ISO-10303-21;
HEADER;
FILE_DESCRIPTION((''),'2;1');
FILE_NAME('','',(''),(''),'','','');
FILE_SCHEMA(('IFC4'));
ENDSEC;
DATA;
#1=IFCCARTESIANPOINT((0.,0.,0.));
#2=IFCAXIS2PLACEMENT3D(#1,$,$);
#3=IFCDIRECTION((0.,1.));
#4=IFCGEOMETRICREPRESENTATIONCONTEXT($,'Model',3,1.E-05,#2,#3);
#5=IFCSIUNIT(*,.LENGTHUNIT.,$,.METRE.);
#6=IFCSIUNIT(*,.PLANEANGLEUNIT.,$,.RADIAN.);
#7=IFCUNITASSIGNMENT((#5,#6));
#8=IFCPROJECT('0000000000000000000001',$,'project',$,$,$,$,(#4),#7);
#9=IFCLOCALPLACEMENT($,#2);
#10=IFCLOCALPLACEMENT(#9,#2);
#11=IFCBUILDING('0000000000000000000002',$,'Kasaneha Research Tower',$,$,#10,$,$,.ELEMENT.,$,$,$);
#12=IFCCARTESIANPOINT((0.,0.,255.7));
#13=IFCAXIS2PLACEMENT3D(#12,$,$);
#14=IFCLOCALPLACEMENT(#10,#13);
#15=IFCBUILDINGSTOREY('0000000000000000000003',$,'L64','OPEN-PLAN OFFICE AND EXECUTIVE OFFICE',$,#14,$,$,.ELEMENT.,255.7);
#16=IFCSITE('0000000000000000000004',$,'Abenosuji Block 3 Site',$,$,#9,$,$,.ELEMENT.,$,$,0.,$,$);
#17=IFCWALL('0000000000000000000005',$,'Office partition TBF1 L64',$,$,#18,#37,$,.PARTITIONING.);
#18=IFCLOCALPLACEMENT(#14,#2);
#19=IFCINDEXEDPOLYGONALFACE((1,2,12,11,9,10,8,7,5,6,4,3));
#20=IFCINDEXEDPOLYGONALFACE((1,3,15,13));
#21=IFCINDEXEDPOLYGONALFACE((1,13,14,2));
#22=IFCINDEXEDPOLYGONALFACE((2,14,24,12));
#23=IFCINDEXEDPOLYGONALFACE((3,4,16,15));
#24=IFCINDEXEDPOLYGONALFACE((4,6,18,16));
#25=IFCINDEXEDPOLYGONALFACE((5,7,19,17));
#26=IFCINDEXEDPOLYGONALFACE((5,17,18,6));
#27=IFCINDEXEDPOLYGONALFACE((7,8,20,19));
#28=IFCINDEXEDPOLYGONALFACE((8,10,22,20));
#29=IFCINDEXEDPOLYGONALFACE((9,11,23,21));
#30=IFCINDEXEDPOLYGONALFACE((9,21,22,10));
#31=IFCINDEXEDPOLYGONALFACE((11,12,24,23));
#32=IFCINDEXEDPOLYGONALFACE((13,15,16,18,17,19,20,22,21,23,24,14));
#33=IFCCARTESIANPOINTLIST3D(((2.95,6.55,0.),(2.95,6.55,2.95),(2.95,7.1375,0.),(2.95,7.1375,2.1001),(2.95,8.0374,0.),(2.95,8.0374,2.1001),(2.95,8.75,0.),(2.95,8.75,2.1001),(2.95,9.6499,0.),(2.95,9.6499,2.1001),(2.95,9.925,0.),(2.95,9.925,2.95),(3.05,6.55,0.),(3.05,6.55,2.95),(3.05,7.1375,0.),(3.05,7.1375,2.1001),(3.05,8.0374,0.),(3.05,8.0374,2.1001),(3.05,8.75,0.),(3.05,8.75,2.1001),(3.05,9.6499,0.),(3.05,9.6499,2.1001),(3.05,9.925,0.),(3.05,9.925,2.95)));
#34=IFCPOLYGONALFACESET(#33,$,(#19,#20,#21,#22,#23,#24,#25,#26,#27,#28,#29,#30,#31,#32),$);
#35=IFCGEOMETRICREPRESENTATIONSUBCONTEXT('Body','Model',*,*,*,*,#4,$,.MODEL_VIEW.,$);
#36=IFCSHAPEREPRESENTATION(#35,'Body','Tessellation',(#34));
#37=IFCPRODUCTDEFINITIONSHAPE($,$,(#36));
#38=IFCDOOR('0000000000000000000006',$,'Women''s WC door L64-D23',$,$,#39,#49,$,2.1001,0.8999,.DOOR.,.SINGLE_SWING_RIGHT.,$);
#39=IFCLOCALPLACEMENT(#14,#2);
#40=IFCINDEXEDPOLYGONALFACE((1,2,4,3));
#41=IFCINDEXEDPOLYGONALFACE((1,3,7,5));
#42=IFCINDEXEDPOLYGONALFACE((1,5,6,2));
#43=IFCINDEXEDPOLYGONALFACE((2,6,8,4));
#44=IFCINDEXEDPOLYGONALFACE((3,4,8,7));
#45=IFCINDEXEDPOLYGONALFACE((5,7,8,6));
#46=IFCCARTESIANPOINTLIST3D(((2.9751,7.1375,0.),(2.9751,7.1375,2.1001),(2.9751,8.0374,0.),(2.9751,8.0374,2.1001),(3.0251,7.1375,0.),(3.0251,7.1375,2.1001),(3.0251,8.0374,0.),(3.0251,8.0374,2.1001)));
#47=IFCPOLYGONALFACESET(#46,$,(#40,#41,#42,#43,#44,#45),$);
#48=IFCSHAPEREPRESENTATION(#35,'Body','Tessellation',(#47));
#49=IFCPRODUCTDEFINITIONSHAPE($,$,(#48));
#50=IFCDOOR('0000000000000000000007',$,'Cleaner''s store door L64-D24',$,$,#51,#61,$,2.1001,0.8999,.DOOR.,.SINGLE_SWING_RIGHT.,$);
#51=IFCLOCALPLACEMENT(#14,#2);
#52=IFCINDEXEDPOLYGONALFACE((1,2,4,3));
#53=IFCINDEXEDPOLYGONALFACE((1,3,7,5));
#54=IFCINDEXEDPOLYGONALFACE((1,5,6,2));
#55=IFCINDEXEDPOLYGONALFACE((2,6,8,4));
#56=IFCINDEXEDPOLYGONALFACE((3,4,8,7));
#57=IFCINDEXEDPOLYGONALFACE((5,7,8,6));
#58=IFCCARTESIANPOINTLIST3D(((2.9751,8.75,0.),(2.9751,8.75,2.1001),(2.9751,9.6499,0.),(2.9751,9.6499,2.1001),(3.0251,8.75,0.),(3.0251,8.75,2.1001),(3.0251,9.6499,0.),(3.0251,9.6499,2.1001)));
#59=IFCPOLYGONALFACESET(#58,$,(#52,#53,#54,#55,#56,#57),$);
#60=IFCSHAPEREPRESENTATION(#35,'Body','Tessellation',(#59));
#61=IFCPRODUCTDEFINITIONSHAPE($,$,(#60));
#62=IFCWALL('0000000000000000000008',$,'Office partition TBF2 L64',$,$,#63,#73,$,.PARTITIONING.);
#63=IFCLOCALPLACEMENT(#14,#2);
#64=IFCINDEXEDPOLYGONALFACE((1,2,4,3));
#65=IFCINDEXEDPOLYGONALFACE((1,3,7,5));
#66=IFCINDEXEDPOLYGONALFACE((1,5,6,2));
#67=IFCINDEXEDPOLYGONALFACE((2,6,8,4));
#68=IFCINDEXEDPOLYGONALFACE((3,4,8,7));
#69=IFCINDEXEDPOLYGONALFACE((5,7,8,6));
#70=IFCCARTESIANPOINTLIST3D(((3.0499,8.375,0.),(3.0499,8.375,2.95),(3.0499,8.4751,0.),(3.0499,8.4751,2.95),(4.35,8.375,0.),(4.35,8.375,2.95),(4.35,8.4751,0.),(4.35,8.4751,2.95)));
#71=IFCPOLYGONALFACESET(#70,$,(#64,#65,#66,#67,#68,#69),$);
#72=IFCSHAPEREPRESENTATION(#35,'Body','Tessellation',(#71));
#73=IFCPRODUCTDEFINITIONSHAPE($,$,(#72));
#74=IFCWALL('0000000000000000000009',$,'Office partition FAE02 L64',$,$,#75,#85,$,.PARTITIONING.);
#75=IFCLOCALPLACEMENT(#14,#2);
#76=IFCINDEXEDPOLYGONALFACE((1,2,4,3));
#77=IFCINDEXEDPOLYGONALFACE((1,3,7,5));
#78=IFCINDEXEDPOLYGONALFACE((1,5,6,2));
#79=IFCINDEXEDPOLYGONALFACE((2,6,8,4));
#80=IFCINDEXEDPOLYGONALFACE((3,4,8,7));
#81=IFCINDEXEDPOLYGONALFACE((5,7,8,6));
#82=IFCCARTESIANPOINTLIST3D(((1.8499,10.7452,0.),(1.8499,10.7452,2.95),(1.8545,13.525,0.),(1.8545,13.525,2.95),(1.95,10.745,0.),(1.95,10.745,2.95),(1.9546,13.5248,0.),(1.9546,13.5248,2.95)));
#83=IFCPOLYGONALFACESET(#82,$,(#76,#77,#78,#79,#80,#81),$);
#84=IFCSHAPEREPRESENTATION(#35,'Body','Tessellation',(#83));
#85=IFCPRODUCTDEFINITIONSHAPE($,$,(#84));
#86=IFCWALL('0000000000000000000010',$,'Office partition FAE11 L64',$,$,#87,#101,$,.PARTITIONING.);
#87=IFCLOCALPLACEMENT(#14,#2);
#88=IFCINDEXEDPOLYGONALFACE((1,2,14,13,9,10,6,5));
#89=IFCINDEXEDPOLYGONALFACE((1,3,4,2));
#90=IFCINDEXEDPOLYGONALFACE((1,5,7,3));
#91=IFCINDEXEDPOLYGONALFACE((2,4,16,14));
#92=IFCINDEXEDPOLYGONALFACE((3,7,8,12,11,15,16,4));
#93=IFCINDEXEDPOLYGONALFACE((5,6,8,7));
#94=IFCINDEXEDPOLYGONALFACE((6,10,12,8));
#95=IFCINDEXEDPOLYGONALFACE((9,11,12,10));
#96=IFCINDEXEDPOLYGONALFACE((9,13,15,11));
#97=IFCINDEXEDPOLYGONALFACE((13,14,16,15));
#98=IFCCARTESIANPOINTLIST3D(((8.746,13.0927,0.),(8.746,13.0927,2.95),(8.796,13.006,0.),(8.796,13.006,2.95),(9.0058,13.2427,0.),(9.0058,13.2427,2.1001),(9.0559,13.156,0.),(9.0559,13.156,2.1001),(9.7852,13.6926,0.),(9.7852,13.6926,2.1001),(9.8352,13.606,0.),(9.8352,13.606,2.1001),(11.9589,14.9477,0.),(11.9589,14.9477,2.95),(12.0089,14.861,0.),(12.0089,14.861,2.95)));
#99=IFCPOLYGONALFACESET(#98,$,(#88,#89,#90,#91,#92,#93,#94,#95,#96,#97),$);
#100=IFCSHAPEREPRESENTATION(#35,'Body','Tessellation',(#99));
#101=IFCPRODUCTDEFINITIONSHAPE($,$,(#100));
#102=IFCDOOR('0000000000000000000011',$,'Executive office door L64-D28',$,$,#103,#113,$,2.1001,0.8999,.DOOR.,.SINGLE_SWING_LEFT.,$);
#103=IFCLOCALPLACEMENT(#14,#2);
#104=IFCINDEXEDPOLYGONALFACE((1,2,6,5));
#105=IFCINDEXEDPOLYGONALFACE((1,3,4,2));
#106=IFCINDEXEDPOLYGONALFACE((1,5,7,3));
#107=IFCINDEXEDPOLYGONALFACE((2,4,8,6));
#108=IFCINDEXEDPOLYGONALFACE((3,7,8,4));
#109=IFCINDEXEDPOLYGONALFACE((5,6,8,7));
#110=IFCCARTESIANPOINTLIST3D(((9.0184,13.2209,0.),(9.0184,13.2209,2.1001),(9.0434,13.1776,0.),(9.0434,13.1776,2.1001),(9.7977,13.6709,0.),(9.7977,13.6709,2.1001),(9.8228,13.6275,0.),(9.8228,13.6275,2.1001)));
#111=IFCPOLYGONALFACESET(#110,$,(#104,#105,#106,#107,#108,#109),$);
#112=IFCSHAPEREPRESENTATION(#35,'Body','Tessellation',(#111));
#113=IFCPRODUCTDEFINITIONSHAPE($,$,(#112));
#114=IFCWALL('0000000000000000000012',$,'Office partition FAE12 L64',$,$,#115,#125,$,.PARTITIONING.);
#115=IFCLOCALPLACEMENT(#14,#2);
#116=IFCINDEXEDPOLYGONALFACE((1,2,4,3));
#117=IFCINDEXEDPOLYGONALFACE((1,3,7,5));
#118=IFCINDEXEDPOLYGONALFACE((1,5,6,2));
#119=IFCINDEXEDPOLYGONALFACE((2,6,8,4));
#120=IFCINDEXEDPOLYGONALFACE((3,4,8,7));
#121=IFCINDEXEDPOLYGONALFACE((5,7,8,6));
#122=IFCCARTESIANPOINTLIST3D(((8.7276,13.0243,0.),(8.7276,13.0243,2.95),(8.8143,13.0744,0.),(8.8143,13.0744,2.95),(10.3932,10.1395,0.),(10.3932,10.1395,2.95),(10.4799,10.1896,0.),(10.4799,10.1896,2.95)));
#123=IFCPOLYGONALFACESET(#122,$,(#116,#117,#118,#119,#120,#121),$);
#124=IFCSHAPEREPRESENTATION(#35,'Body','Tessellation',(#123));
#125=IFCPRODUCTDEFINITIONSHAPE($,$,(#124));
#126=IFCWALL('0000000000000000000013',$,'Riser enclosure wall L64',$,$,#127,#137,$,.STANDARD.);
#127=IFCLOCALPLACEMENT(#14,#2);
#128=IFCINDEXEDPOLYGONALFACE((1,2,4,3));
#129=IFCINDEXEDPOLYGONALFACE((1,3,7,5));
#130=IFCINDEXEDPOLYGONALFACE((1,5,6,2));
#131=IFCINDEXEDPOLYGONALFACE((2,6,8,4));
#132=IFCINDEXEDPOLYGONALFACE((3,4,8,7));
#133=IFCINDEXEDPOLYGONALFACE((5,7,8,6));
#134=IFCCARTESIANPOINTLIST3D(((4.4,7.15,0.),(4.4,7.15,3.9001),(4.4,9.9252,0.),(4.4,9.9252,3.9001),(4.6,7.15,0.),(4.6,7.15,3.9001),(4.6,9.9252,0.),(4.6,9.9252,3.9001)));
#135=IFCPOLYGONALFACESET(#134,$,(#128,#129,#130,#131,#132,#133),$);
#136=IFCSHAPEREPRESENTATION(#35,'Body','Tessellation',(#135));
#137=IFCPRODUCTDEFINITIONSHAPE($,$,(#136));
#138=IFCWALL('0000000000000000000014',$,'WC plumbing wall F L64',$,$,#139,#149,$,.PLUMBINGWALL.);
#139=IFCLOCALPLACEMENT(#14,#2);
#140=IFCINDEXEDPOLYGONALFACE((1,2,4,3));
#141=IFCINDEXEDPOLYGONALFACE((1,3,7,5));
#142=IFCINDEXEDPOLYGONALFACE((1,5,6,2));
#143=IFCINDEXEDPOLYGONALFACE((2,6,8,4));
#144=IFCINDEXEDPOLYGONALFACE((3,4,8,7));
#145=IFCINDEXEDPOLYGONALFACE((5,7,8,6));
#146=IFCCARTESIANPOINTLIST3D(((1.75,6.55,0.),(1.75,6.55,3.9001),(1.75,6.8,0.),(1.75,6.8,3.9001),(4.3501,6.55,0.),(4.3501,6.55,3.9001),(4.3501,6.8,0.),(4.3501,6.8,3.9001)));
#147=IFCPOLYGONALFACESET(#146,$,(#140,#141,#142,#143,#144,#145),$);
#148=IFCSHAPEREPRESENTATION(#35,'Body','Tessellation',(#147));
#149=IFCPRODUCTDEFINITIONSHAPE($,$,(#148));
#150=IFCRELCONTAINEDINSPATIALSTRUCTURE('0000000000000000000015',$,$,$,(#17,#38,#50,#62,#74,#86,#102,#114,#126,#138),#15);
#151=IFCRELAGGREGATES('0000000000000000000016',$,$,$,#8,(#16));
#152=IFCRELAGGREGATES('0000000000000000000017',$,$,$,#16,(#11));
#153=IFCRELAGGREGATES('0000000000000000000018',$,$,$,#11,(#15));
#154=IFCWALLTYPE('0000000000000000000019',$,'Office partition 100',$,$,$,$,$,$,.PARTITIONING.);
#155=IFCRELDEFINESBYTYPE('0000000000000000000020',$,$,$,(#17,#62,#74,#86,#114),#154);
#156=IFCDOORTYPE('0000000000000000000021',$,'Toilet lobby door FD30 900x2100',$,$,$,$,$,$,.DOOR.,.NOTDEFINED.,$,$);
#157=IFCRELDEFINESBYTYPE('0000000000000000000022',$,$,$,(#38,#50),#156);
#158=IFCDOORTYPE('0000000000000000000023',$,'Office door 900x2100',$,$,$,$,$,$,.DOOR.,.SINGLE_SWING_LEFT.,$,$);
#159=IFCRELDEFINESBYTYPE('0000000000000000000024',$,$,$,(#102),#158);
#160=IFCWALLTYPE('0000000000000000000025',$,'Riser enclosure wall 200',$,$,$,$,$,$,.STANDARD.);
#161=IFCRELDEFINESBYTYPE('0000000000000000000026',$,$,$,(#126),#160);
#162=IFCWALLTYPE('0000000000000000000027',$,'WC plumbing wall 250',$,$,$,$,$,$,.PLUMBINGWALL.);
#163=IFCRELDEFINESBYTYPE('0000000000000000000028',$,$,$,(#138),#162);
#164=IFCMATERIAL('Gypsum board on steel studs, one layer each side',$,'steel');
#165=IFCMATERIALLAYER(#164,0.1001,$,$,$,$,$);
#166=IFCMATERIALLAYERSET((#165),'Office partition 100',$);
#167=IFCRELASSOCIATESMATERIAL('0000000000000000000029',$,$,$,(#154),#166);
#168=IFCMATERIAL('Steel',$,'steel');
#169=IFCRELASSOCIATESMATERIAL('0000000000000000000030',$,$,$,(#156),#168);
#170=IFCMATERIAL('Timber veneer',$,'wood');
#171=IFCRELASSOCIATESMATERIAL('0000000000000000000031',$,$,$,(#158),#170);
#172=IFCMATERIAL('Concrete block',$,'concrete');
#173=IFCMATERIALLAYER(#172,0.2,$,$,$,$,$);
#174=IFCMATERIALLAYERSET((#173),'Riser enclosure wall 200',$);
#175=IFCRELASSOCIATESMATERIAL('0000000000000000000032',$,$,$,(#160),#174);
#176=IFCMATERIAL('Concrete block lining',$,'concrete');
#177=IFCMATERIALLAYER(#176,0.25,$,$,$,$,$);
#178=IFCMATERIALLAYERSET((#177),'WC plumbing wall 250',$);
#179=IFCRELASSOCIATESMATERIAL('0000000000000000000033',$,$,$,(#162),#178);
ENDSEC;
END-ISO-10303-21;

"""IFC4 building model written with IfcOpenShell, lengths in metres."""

from ifc_helpers import new_model, si_unit, direction, frame, frame_2d, origin, place, context, subcontext, project, spatial, rectangle, extrude, material, layer, layer_set, type_object, element, fill, save


model = new_model("IFC4")

# Units and contexts
model_context = context("Model", 3, precision=1e-05, world=origin(), true_north=direction((0.0, 1.0)))
body_context = subcontext(model_context, "Body", "Model", "MODEL_VIEW")
ifc_project = project(units=[si_unit("LENGTHUNIT", "METRE"), si_unit("PLANEANGLEUNIT", "RADIAN")], contexts=[model_context])

# Site, building, storey
site_placement = place(None, origin())
site = spatial("IfcSite", under=ifc_project, at=site_placement, Name="Abenosuji Block 3 Site", CompositionType="ELEMENT", RefElevation=0.0)
building_placement = place(site_placement, origin())
building = spatial("IfcBuilding", under=site, at=building_placement, Name="Kasaneha Research Tower", CompositionType="ELEMENT")
storey_placement = place(building_placement, frame((0.0, 0.0, 255.7)))
storey = spatial("IfcBuildingStorey", under=building, at=storey_placement, Name="L64", Description="OPEN-PLAN OFFICE AND EXECUTIVE OFFICE", CompositionType="ELEMENT", Elevation=255.7)

# Wall, openings, doors
ifc_material_1 = material(Name="Gypsum board on steel studs, one layer each side", Category="steel")
ifc_layer_1 = layer(ifc_material_1, 0.1001)
ifc_layer_set_1 = layer_set([ifc_layer_1], Name="Office partition 100")
wall_type_1 = type_object("IfcWallType", Name="Office partition 100", PredefinedType="PARTITIONING", material=ifc_layer_set_1)
wall_1_placement = place(storey_placement, frame((3.0, 6.55, 0.0), z_axis=(0.0, 0.0, 1.0), x_axis=(0.0, 1.0, 0.0)))
wall_1 = element("IfcWall", 1, at=wall_1_placement, inside=storey, type_object=wall_type_1, Name="Office partition TBF1 L64", PredefinedType="PARTITIONING", context=body_context, shape_type="SweptSolid", body=[
    extrude(rectangle(XDim=3.375, YDim=0.1001, at=frame_2d((1.6875, 0.0))), origin(), (0.0, 0.0, 1.0), 2.95),
])
opening_1_placement = place(wall_1_placement, frame((0.5874, 0.0, 0.0)))
opening_1 = element("IfcOpeningElement", 2, at=opening_1_placement, cuts=wall_1, PredefinedType="OPENING", context=body_context, shape_type="SweptSolid", body=[
    extrude(rectangle(XDim=0.8999, YDim=2.1001, at=frame_2d((0.45, 1.05))), frame((0.0, 0.0601, 0.0), z_axis=(0.0, -1.0, 0.0), x_axis=(1.0, 0.0, 0.0)), (0.0, 0.0, 1.0), 0.1201),
])
opening_2_placement = place(wall_1_placement, frame((2.2, 0.0, 0.0)))
opening_2 = element("IfcOpeningElement", 3, at=opening_2_placement, cuts=wall_1, PredefinedType="OPENING", context=body_context, shape_type="SweptSolid", body=[
    extrude(rectangle(XDim=0.8999, YDim=2.1001, at=frame_2d((0.45, 1.05))), frame((0.0, 0.0601, 0.0), z_axis=(0.0, -1.0, 0.0), x_axis=(1.0, 0.0, 0.0)), (0.0, 0.0, 1.0), 0.1201),
])
ifc_material_2 = material(Name="Steel", Category="steel")
door_type_1 = type_object("IfcDoorType", Name="Toilet lobby door FD30 900x2100", OperationType="NOTDEFINED", PredefinedType="DOOR", material=ifc_material_2)
door_1_placement = place(opening_1_placement, origin())
door_1 = element("IfcDoor", 4, at=door_1_placement, inside=storey, type_object=door_type_1, Name="Women's WC door L64-D23", OperationType="SINGLE_SWING_RIGHT", OverallHeight=2.1001, OverallWidth=0.8999, PredefinedType="DOOR", context=body_context, shape_type="SweptSolid", body=[
    extrude(rectangle(XDim=0.8999, YDim=2.1001, at=frame_2d((0.45, 1.05))), frame((0.0, 0.0249, 0.0), z_axis=(0.0, -1.0, 0.0), x_axis=(1.0, 0.0, 0.0)), (0.0, 0.0, 1.0), 0.05),
])
fill(opening_1, door_1)
door_2_placement = place(opening_2_placement, origin())
door_2 = element("IfcDoor", 5, at=door_2_placement, inside=storey, type_object=door_type_1, Name="Cleaner's store door L64-D24", OperationType="SINGLE_SWING_RIGHT", OverallHeight=2.1001, OverallWidth=0.8999, PredefinedType="DOOR", context=body_context, shape_type="SweptSolid", body=[
    extrude(rectangle(XDim=0.8999, YDim=2.1001, at=frame_2d((0.45, 1.05))), frame((0.0, 0.0249, 0.0), z_axis=(0.0, -1.0, 0.0), x_axis=(1.0, 0.0, 0.0)), (0.0, 0.0, 1.0), 0.05),
])
fill(opening_2, door_2)

# Walls
wall_2_placement = place(storey_placement, frame((3.05, 8.425, 0.0), z_axis=(0.0, 0.0, 1.0), x_axis=(1.0, 0.0, 0.0)))
element("IfcWall", 6, at=wall_2_placement, inside=storey, type_object=wall_type_1, Name="Office partition TBF2 L64", PredefinedType="PARTITIONING", context=body_context, shape_type="SweptSolid", body=[
    extrude(rectangle(XDim=1.3, YDim=0.1001, at=frame_2d((0.6499, 0.0))), origin(), (0.0, 0.0, 1.0), 2.95),
])
wall_3_placement = place(storey_placement, frame((1.8999, 10.7451, 0.0), z_axis=(0.0, 0.0, 1.0), x_axis=(0.001669, 0.999999, 0.0)))
element("IfcWall", 7, at=wall_3_placement, inside=storey, type_object=wall_type_1, Name="Office partition FAE02 L64", PredefinedType="PARTITIONING", context=body_context, shape_type="SweptSolid", body=[
    extrude(rectangle(XDim=2.7798, YDim=0.1001, at=frame_2d((1.3899, 0.0))), origin(), (0.0, 0.0, 1.0), 2.95),
])

# Wall, opening, door
wall_4_placement = place(storey_placement, frame((8.771, 13.0493, 0.0), z_axis=(0.0, 0.0, 1.0), x_axis=(0.866023, 0.500003, 0.0)))
wall_4 = element("IfcWall", 8, at=wall_4_placement, inside=storey, type_object=wall_type_1, Name="Office partition FAE11 L64", PredefinedType="PARTITIONING", context=body_context, shape_type="SweptSolid", body=[
    extrude(rectangle(XDim=3.71, YDim=0.1001, at=frame_2d((1.855, 0.0))), origin(), (0.0, 0.0, 1.0), 2.95),
])
opening_3_placement = place(wall_4_placement, frame((0.3, 0.0, 0.0)))
opening_3 = element("IfcOpeningElement", 9, at=opening_3_placement, cuts=wall_4, PredefinedType="OPENING", context=body_context, shape_type="SweptSolid", body=[
    extrude(rectangle(XDim=0.8999, YDim=2.1001, at=frame_2d((0.45, 1.05))), frame((0.0, 0.0601, 0.0), z_axis=(0.0, -1.0, 0.0), x_axis=(1.0, 0.0, 0.0)), (0.0, 0.0, 1.0), 0.1201),
])
ifc_material_3 = material(Name="Timber veneer", Category="wood")
door_type_2 = type_object("IfcDoorType", Name="Office door 900x2100", OperationType="SINGLE_SWING_LEFT", PredefinedType="DOOR", material=ifc_material_3)
door_3_placement = place(opening_3_placement, origin())
door_3 = element("IfcDoor", 10, at=door_3_placement, inside=storey, type_object=door_type_2, Name="Executive office door L64-D28", OperationType="SINGLE_SWING_LEFT", OverallHeight=2.1001, OverallWidth=0.8999, PredefinedType="DOOR", context=body_context, shape_type="SweptSolid", body=[
    extrude(rectangle(XDim=0.8999, YDim=2.1001, at=frame_2d((0.45, 1.05))), frame((0.0, 0.0249, 0.0), z_axis=(0.0, -1.0, 0.0), x_axis=(1.0, 0.0, 0.0)), (0.0, 0.0, 1.0), 0.05),
])
fill(opening_3, door_3)

# Walls
wall_5_placement = place(storey_placement, frame((10.4365, 10.1646, 0.0), z_axis=(0.0, 0.0, 1.0), x_axis=(-0.500002, 0.866024, 0.0)))
element("IfcWall", 11, at=wall_5_placement, inside=storey, type_object=wall_type_1, Name="Office partition FAE12 L64", PredefinedType="PARTITIONING", context=body_context, shape_type="SweptSolid", body=[
    extrude(rectangle(XDim=3.3311, YDim=0.1001, at=frame_2d((1.6655, 0.0))), origin(), (0.0, 0.0, 1.0), 2.95),
])
ifc_material_4 = material(Name="Concrete block", Category="concrete")
ifc_layer_2 = layer(ifc_material_4, 0.2)
ifc_layer_set_2 = layer_set([ifc_layer_2], Name="Riser enclosure wall 200")
wall_type_2 = type_object("IfcWallType", Name="Riser enclosure wall 200", PredefinedType="STANDARD", material=ifc_layer_set_2)
wall_6_placement = place(storey_placement, frame((4.5, 7.1499, 0.0), z_axis=(0.0, 0.0, 1.0), x_axis=(0.0, 1.0, 0.0)))
element("IfcWall", 12, at=wall_6_placement, inside=storey, type_object=wall_type_2, Name="Riser enclosure wall L64", PredefinedType="STANDARD", context=body_context, shape_type="SweptSolid", body=[
    extrude(rectangle(XDim=2.7751, YDim=0.2, at=frame_2d((1.3877, 0.0))), origin(), (0.0, 0.0, 1.0), 3.9001),
])
ifc_material_5 = material(Name="Concrete block lining", Category="concrete")
ifc_layer_3 = layer(ifc_material_5, 0.25)
ifc_layer_set_3 = layer_set([ifc_layer_3], Name="WC plumbing wall 250")
wall_type_3 = type_object("IfcWallType", Name="WC plumbing wall 250", PredefinedType="PLUMBINGWALL", material=ifc_layer_set_3)
wall_7_placement = place(storey_placement, frame((1.75, 6.675, 0.0), z_axis=(0.0, 0.0, 1.0), x_axis=(1.0, 0.0, 0.0)))
element("IfcWall", 13, at=wall_7_placement, inside=storey, type_object=wall_type_3, Name="WC plumbing wall F L64", PredefinedType="PLUMBINGWALL", context=body_context, shape_type="SweptSolid", body=[
    extrude(rectangle(XDim=2.6001, YDim=0.25, at=frame_2d((1.3, 0.0))), origin(), (0.0, 0.0, 1.0), 3.9001),
])

save(model, "model.ifc")
